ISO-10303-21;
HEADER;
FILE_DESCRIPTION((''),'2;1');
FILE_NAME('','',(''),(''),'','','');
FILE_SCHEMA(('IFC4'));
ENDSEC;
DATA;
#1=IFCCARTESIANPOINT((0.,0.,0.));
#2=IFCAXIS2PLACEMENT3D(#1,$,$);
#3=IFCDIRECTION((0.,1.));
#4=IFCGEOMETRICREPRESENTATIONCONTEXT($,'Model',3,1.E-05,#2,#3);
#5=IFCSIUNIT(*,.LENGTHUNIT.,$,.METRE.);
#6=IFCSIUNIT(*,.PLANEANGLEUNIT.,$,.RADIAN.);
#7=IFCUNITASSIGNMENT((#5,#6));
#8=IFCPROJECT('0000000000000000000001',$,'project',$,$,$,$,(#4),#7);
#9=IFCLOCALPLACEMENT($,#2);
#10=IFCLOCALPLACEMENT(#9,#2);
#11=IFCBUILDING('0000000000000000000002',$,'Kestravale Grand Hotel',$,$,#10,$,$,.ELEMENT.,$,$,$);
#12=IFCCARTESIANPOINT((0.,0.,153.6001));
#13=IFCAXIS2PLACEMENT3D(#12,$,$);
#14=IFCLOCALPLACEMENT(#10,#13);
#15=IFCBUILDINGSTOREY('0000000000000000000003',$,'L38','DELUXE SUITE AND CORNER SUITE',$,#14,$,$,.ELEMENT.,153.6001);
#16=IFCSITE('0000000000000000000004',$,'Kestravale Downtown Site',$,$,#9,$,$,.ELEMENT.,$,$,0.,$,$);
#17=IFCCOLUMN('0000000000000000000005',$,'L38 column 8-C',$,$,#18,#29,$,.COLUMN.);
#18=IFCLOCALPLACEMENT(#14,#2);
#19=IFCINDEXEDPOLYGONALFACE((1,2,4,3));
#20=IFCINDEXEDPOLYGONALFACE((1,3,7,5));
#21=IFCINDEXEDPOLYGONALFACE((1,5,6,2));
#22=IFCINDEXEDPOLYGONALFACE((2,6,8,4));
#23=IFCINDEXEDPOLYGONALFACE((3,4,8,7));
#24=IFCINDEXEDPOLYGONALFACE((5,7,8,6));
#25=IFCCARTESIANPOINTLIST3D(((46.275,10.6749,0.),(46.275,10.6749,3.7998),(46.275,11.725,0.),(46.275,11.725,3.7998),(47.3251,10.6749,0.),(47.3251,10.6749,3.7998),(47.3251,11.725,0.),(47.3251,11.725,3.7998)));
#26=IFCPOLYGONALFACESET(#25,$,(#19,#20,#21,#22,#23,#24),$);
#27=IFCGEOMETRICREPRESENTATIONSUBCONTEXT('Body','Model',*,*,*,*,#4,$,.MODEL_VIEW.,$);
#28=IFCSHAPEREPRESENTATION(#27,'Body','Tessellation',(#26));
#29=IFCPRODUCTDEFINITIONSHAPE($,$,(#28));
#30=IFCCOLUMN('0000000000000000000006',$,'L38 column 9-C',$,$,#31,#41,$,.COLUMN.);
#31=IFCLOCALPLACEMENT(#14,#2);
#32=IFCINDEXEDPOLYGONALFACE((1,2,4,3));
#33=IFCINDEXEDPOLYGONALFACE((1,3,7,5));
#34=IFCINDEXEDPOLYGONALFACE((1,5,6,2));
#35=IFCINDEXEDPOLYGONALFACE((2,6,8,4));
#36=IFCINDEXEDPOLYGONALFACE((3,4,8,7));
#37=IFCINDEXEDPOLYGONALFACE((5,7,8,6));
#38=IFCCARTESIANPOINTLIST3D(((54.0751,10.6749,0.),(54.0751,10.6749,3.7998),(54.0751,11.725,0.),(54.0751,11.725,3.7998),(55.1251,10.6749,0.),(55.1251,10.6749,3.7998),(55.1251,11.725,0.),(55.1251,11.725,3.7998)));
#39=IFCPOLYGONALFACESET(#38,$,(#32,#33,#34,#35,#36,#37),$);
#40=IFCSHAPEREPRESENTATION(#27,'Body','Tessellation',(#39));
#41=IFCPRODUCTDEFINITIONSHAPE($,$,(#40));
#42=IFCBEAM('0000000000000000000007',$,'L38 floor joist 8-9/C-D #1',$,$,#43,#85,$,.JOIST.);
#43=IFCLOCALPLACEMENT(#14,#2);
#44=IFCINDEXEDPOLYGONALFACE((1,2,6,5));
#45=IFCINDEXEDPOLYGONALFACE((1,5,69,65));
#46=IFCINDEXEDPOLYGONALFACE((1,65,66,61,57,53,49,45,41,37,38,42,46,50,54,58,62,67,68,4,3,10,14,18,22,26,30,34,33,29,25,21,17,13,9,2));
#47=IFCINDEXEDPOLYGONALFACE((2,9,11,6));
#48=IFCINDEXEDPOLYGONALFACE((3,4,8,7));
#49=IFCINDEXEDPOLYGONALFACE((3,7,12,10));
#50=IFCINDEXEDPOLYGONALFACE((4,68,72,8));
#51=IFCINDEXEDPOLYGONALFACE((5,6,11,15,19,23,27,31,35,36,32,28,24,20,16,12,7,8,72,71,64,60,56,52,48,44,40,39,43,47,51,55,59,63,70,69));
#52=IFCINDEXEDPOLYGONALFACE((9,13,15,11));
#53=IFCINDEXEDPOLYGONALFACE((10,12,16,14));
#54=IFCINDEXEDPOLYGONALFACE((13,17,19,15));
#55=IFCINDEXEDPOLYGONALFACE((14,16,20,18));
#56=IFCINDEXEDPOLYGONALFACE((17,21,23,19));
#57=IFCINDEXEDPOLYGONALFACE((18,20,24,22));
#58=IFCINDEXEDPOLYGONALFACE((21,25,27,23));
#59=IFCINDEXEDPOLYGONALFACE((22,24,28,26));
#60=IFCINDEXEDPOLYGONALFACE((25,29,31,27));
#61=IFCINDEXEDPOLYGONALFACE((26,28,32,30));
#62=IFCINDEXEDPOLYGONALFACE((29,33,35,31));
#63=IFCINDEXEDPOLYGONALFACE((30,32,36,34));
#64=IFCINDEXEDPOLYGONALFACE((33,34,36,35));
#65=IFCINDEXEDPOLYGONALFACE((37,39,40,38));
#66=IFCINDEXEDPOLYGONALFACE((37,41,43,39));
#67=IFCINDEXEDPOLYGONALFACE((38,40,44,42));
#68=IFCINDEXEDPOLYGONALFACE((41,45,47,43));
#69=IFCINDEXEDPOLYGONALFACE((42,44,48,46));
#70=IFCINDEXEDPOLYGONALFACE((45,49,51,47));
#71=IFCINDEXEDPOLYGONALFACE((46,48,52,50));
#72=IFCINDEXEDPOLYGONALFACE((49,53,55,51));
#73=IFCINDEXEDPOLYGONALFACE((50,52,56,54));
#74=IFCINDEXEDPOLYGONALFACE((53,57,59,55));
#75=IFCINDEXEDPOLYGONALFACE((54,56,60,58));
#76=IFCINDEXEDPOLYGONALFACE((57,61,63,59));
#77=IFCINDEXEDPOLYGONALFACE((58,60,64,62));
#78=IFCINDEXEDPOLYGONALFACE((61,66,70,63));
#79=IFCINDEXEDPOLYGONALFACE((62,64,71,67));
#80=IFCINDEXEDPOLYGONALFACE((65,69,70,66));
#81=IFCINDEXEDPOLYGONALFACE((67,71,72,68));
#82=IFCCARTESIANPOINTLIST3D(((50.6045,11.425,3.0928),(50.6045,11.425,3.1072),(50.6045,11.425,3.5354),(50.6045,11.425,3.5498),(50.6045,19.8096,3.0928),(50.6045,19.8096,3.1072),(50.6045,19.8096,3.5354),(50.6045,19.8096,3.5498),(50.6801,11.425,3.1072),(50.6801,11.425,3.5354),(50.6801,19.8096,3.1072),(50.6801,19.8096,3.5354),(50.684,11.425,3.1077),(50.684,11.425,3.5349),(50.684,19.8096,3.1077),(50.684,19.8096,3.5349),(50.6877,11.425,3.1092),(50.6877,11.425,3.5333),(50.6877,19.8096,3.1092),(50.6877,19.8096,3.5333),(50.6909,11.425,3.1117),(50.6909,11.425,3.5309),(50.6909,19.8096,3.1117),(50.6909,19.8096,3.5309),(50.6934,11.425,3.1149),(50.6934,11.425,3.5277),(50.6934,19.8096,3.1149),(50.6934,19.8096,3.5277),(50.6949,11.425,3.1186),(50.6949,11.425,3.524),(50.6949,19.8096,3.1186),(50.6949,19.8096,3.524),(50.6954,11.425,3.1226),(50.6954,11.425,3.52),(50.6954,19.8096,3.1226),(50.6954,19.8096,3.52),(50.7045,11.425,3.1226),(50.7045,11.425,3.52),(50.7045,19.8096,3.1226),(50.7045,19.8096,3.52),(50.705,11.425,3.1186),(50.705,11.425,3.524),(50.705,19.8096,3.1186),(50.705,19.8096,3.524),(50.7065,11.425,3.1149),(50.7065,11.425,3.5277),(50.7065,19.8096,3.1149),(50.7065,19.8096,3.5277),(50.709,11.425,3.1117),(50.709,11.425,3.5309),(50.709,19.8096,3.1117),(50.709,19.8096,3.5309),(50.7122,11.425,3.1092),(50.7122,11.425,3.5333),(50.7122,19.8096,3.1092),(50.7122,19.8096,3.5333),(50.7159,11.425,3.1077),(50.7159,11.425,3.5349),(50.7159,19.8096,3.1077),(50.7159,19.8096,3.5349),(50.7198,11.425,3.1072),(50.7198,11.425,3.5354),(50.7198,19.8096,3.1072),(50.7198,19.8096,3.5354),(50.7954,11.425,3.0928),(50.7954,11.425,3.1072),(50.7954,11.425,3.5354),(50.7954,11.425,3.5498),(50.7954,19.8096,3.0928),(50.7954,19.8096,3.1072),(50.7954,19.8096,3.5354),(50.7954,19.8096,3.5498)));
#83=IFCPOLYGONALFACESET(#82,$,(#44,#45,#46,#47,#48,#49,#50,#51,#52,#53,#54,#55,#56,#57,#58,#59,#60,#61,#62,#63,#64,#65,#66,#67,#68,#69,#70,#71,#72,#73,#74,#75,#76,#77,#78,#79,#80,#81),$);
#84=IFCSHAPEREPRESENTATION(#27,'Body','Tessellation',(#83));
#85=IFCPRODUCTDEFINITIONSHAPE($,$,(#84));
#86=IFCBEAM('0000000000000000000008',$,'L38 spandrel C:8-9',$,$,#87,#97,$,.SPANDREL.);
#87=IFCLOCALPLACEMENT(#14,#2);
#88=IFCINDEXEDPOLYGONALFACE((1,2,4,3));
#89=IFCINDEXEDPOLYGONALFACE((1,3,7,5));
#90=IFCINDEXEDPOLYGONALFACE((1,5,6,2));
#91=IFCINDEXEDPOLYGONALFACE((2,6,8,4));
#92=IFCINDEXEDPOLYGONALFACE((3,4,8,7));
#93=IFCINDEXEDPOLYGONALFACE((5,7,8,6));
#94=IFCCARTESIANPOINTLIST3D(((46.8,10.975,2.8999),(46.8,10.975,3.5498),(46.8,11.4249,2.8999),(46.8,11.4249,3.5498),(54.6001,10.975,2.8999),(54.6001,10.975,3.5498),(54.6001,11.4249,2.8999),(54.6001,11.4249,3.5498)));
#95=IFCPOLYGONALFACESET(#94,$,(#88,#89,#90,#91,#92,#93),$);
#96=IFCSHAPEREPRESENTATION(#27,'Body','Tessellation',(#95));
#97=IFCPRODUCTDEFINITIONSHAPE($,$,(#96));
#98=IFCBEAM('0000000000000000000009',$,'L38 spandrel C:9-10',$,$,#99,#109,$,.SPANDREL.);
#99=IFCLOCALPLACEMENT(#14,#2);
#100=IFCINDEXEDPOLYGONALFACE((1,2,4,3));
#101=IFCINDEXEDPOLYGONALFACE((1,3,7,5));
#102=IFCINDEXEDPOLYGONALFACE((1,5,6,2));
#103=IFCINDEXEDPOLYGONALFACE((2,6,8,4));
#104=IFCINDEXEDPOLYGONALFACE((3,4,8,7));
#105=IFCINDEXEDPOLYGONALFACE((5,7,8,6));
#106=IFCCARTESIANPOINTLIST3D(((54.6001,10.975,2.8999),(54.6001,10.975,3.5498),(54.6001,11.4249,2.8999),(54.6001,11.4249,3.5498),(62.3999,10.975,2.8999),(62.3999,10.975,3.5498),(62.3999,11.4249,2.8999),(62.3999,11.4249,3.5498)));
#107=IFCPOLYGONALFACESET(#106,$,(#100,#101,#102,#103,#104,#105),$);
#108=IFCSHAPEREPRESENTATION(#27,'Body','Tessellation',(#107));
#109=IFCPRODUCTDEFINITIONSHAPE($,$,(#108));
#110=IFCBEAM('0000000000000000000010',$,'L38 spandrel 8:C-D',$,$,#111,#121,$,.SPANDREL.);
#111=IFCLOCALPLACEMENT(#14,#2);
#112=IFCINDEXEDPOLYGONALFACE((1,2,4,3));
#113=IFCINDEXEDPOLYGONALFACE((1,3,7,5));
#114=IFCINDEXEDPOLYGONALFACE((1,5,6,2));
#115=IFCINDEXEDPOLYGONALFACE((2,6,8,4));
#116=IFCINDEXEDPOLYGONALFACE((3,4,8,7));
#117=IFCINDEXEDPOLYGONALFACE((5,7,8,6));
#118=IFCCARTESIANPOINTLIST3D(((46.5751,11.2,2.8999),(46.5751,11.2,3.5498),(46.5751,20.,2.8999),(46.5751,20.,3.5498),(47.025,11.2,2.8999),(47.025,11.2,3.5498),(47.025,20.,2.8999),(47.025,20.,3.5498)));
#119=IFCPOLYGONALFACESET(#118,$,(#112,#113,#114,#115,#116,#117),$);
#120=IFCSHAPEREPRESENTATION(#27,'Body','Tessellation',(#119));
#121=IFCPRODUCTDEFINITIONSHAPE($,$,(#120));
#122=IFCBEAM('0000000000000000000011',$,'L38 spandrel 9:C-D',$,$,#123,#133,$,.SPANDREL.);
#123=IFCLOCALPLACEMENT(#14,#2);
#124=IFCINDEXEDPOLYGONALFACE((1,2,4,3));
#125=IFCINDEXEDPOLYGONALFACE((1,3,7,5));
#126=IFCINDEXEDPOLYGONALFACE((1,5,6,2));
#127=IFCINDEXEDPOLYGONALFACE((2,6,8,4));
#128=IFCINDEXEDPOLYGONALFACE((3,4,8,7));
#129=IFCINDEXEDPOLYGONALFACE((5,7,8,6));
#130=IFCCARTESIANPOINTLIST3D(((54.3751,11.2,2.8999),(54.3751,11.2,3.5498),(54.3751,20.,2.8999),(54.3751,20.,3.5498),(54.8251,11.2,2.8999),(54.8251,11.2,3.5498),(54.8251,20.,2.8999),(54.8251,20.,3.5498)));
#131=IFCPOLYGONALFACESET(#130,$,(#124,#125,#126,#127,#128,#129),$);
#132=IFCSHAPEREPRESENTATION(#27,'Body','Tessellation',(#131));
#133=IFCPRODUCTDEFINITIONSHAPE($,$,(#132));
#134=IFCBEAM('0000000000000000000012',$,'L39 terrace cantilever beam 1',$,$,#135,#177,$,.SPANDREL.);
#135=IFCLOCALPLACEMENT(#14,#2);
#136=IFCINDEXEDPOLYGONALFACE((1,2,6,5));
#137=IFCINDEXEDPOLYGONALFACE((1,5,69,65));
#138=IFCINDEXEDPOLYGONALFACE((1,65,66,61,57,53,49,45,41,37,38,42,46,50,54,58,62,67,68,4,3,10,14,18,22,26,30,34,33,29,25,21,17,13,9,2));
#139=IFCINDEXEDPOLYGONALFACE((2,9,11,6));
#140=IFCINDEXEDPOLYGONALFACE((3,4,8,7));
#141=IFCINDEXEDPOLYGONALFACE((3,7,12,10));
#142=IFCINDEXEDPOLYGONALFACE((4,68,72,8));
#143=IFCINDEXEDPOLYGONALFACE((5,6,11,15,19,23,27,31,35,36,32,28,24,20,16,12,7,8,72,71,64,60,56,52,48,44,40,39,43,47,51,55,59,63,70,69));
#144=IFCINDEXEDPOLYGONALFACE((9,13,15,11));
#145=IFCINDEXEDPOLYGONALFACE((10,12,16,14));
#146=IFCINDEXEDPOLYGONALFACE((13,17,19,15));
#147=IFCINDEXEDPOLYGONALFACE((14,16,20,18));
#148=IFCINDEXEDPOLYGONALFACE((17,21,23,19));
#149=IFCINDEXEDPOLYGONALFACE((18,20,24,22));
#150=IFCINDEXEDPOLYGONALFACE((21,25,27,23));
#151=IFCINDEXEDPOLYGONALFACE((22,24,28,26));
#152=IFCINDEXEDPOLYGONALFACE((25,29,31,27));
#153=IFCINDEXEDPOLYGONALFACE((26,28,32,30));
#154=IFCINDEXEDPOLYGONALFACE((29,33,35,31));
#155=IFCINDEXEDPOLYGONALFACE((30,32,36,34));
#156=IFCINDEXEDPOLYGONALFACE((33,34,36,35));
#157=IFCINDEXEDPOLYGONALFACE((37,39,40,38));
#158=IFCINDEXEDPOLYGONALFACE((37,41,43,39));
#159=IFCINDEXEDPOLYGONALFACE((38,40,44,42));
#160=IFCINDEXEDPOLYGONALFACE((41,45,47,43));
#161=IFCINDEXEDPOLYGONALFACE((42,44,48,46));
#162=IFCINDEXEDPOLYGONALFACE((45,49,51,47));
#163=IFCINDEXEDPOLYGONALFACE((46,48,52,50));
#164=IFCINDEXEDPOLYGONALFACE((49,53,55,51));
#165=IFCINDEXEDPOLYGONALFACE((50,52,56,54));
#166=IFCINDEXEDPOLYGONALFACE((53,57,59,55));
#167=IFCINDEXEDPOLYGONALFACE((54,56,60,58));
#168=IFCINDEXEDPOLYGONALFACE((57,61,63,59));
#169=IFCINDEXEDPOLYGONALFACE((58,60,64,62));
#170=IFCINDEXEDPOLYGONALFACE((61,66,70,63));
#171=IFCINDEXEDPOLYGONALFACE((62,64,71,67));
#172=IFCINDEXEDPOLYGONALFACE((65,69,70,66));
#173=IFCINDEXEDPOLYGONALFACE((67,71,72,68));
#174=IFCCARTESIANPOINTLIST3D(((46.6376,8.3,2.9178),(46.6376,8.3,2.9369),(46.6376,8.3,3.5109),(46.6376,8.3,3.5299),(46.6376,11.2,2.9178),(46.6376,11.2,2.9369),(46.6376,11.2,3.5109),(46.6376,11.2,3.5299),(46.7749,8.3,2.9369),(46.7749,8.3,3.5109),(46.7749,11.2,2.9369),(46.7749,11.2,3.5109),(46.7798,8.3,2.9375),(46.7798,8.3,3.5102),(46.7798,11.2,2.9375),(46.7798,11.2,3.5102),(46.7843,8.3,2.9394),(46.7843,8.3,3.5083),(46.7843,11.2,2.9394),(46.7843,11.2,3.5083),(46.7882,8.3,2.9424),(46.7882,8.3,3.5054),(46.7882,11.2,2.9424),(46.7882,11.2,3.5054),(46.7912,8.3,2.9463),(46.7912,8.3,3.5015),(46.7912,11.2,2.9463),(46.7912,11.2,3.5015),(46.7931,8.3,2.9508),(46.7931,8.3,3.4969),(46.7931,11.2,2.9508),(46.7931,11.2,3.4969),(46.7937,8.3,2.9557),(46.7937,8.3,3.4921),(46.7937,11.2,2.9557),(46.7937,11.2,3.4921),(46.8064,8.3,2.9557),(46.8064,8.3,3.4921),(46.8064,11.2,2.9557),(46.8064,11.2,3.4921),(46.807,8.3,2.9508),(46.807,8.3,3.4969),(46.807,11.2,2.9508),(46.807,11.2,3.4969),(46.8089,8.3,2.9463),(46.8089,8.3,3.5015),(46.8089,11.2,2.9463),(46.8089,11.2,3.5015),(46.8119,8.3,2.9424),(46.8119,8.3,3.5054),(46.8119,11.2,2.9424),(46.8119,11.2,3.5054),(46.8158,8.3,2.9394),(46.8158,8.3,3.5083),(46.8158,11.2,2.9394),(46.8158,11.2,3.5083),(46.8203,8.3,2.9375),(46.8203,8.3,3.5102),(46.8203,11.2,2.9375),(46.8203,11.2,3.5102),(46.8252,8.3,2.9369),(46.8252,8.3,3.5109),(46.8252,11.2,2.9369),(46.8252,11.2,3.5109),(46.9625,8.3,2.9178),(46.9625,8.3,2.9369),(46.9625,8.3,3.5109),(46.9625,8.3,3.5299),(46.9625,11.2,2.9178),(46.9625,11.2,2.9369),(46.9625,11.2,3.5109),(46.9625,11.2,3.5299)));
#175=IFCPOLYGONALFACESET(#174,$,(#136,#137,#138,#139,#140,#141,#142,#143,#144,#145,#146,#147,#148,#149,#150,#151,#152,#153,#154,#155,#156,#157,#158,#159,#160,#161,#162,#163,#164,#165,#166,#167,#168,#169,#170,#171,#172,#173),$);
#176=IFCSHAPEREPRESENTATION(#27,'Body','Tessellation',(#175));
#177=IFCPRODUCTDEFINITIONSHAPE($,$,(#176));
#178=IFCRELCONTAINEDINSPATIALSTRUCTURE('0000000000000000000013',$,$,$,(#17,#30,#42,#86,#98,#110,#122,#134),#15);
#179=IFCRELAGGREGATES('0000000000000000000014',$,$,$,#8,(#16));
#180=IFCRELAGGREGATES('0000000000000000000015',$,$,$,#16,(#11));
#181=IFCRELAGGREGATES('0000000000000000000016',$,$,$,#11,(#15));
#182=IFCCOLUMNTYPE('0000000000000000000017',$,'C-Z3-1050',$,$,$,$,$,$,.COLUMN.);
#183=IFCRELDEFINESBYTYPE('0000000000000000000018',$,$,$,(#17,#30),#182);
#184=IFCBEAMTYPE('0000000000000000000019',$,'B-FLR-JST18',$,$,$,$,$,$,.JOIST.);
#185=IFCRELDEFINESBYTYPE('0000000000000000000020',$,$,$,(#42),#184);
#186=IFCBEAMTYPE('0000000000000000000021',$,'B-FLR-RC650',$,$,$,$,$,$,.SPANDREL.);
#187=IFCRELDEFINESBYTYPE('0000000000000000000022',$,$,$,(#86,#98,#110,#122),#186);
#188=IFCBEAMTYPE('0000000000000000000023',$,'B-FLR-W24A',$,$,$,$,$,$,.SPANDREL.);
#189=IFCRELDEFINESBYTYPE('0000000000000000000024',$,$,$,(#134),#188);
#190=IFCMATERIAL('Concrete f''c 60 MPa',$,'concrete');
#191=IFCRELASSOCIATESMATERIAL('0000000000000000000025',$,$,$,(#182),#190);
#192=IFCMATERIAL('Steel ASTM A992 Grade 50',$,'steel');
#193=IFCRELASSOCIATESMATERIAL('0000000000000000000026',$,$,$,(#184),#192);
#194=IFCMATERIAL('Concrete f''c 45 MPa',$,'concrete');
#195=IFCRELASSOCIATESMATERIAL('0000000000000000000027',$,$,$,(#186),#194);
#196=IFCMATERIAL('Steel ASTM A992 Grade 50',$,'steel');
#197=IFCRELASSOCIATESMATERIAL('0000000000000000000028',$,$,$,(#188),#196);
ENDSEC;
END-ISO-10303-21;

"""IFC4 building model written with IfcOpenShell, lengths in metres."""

from ifc_helpers import new_model, si_unit, direction, frame, origin, origin_2d, place, context, subcontext, project, spatial, rectangle, i_section, extrude, material, material_profile, profile_set, type_object, element, save


model = new_model("IFC4")

# Units and contexts
model_context = context("Model", 3, precision=1e-05, world=origin(), true_north=direction((0.0, 1.0)))
body_context = subcontext(model_context, "Body", "Model", "MODEL_VIEW")
ifc_project = project(units=[si_unit("LENGTHUNIT", "METRE"), si_unit("PLANEANGLEUNIT", "RADIAN")], contexts=[model_context])

# Site, building, storey
site_placement = place(None, origin())
site = spatial("IfcSite", under=ifc_project, at=site_placement, Name="Kestravale Downtown Site", CompositionType="ELEMENT", RefElevation=0.0)
building_placement = place(site_placement, origin())
building = spatial("IfcBuilding", under=site, at=building_placement, Name="Kestravale Grand Hotel", CompositionType="ELEMENT")
storey_placement = place(building_placement, frame((0.0, 0.0, 153.6001)))
storey = spatial("IfcBuildingStorey", under=building, at=storey_placement, Name="L38", Description="DELUXE SUITE AND CORNER SUITE", CompositionType="ELEMENT", Elevation=153.6001)

# Columns
ifc_material_1 = material(Name="Concrete f'c 60 MPa", Category="concrete")
ifc_material_profile_1 = material_profile(ifc_material_1, rectangle(XDim=1.05, YDim=1.05, at=origin_2d()))
ifc_profile_set_1 = profile_set([ifc_material_profile_1], Name="Concrete f'c 60 MPa")
column_type = type_object("IfcColumnType", Name="C-Z3-1050", PredefinedType="COLUMN", material=ifc_profile_set_1)
for number, where, z_axis, x_axis, name in (
    (1, (46.8, 11.2, 0.0), (0.0, 0.0, 1.0), (1.0, 0.0, 0.0), "L38 column 8-C"),
    (2, (54.6001, 11.2, 0.0), (0.0, 0.0, 1.0), (1.0, 0.0, 0.0), "L38 column 9-C"),
):
    element("IfcColumn", number, at=place(storey_placement, frame(where, z_axis=z_axis, x_axis=x_axis)), inside=storey, type_object=column_type, Name=name, PredefinedType="COLUMN", context=body_context, shape_type="SweptSolid", body=[
        extrude(rectangle(XDim=1.05, YDim=1.05, at=origin_2d()), origin(), (0.0, 0.0, 1.0), 3.7998),
    ])

# Beams
ifc_material_2 = material(Name="Steel ASTM A992 Grade 50", Category="steel")
ifc_material_profile_2 = material_profile(ifc_material_2, i_section(OverallWidth=0.1909, OverallDepth=0.457, WebThickness=0.009, FlangeThickness=0.0144, FilletRadius=0.0154, at=origin_2d()))
ifc_profile_set_2 = profile_set([ifc_material_profile_2], Name="Steel ASTM A992 Grade 50")
beam_type_1 = type_object("IfcBeamType", Name="B-FLR-JST18", PredefinedType="JOIST", material=ifc_profile_set_2)
beam_1_placement = place(storey_placement, frame((50.7, 11.425, 3.3213), z_axis=(0.0, 1.0, 0.0), x_axis=(-1.0, 0.0, 0.0)))
element("IfcBeam", 3, at=beam_1_placement, inside=storey, type_object=beam_type_1, Name="L38 floor joist 8-9/C-D #1", PredefinedType="JOIST", context=body_context, shape_type="SweptSolid", body=[
    extrude(i_section(OverallWidth=0.1909, OverallDepth=0.457, WebThickness=0.009, FlangeThickness=0.0144, FilletRadius=0.0154, at=origin_2d()), origin(), (0.0, 0.0, 1.0), 8.3845),
])
ifc_material_3 = material(Name="Concrete f'c 45 MPa", Category="concrete")
ifc_material_profile_3 = material_profile(ifc_material_3, rectangle(XDim=0.45, YDim=0.6499, at=origin_2d()))
ifc_profile_set_3 = profile_set([ifc_material_profile_3], Name="Concrete f'c 45 MPa")
beam_type_2 = type_object("IfcBeamType", Name="B-FLR-RC650", PredefinedType="SPANDREL", material=ifc_profile_set_3)
beam_2_placement = place(storey_placement, frame((46.8, 11.2, 3.2249), z_axis=(1.0, 0.0, 0.0), x_axis=(0.0, 1.0, 0.0)))
element("IfcBeam", 4, at=beam_2_placement, inside=storey, type_object=beam_type_2, Name="L38 spandrel C:8-9", PredefinedType="SPANDREL", context=body_context, shape_type="SweptSolid", body=[
    extrude(rectangle(XDim=0.45, YDim=0.6499, at=origin_2d()), origin(), (0.0, 0.0, 1.0), 7.8),
])
beam_3_placement = place(storey_placement, frame((54.6001, 11.2, 3.2249), z_axis=(1.0, 0.0, 0.0), x_axis=(0.0, 1.0, 0.0)))
element("IfcBeam", 5, at=beam_3_placement, inside=storey, type_object=beam_type_2, Name="L38 spandrel C:9-10", PredefinedType="SPANDREL", context=body_context, shape_type="SweptSolid", body=[
    extrude(rectangle(XDim=0.45, YDim=0.6499, at=origin_2d()), origin(), (0.0, 0.0, 1.0), 7.7998),
])
for number, where, z_axis, x_axis, name in (
    (6, (46.8, 11.2, 3.2249), (0.0, 1.0, 0.0), (-1.0, 0.0, 0.0), "L38 spandrel 8:C-D"),
    (7, (54.6001, 11.2, 3.2249), (0.0, 1.0, 0.0), (-1.0, 0.0, 0.0), "L38 spandrel 9:C-D"),
):
    element("IfcBeam", number, at=place(storey_placement, frame(where, z_axis=z_axis, x_axis=x_axis)), inside=storey, type_object=beam_type_2, Name=name, PredefinedType="SPANDREL", context=body_context, shape_type="SweptSolid", body=[
        extrude(rectangle(XDim=0.45, YDim=0.6499, at=origin_2d()), origin(), (0.0, 0.0, 1.0), 8.8),
    ])
ifc_material_4 = material(Name="Steel ASTM A992 Grade 50", Category="steel")
ifc_material_profile_4 = material_profile(ifc_material_4, i_section(OverallWidth=0.325, OverallDepth=0.6121, WebThickness=0.0127, FlangeThickness=0.019, FilletRadius=0.0188, at=origin_2d()))
ifc_profile_set_4 = profile_set([ifc_material_profile_4], Name="Steel ASTM A992 Grade 50")
beam_type_3 = type_object("IfcBeamType", Name="B-FLR-W24A", PredefinedType="SPANDREL", material=ifc_profile_set_4)
for number, where, z_axis, x_axis, name in (
    (8, (46.8, 11.2, 3.2239), (0.0, -1.0, 0.0), (1.0, 0.0, 0.0), "L39 terrace cantilever beam 1"),
):
    element("IfcBeam", number, at=place(storey_placement, frame(where, z_axis=z_axis, x_axis=x_axis)), inside=storey, type_object=beam_type_3, Name=name, PredefinedType="SPANDREL", context=body_context, shape_type="SweptSolid", body=[
        extrude(i_section(OverallWidth=0.325, OverallDepth=0.6121, WebThickness=0.0127, FlangeThickness=0.019, FilletRadius=0.0188, at=origin_2d()), origin(), (0.0, 0.0, 1.0), 2.8999),
    ])

save(model, "model.ifc")
